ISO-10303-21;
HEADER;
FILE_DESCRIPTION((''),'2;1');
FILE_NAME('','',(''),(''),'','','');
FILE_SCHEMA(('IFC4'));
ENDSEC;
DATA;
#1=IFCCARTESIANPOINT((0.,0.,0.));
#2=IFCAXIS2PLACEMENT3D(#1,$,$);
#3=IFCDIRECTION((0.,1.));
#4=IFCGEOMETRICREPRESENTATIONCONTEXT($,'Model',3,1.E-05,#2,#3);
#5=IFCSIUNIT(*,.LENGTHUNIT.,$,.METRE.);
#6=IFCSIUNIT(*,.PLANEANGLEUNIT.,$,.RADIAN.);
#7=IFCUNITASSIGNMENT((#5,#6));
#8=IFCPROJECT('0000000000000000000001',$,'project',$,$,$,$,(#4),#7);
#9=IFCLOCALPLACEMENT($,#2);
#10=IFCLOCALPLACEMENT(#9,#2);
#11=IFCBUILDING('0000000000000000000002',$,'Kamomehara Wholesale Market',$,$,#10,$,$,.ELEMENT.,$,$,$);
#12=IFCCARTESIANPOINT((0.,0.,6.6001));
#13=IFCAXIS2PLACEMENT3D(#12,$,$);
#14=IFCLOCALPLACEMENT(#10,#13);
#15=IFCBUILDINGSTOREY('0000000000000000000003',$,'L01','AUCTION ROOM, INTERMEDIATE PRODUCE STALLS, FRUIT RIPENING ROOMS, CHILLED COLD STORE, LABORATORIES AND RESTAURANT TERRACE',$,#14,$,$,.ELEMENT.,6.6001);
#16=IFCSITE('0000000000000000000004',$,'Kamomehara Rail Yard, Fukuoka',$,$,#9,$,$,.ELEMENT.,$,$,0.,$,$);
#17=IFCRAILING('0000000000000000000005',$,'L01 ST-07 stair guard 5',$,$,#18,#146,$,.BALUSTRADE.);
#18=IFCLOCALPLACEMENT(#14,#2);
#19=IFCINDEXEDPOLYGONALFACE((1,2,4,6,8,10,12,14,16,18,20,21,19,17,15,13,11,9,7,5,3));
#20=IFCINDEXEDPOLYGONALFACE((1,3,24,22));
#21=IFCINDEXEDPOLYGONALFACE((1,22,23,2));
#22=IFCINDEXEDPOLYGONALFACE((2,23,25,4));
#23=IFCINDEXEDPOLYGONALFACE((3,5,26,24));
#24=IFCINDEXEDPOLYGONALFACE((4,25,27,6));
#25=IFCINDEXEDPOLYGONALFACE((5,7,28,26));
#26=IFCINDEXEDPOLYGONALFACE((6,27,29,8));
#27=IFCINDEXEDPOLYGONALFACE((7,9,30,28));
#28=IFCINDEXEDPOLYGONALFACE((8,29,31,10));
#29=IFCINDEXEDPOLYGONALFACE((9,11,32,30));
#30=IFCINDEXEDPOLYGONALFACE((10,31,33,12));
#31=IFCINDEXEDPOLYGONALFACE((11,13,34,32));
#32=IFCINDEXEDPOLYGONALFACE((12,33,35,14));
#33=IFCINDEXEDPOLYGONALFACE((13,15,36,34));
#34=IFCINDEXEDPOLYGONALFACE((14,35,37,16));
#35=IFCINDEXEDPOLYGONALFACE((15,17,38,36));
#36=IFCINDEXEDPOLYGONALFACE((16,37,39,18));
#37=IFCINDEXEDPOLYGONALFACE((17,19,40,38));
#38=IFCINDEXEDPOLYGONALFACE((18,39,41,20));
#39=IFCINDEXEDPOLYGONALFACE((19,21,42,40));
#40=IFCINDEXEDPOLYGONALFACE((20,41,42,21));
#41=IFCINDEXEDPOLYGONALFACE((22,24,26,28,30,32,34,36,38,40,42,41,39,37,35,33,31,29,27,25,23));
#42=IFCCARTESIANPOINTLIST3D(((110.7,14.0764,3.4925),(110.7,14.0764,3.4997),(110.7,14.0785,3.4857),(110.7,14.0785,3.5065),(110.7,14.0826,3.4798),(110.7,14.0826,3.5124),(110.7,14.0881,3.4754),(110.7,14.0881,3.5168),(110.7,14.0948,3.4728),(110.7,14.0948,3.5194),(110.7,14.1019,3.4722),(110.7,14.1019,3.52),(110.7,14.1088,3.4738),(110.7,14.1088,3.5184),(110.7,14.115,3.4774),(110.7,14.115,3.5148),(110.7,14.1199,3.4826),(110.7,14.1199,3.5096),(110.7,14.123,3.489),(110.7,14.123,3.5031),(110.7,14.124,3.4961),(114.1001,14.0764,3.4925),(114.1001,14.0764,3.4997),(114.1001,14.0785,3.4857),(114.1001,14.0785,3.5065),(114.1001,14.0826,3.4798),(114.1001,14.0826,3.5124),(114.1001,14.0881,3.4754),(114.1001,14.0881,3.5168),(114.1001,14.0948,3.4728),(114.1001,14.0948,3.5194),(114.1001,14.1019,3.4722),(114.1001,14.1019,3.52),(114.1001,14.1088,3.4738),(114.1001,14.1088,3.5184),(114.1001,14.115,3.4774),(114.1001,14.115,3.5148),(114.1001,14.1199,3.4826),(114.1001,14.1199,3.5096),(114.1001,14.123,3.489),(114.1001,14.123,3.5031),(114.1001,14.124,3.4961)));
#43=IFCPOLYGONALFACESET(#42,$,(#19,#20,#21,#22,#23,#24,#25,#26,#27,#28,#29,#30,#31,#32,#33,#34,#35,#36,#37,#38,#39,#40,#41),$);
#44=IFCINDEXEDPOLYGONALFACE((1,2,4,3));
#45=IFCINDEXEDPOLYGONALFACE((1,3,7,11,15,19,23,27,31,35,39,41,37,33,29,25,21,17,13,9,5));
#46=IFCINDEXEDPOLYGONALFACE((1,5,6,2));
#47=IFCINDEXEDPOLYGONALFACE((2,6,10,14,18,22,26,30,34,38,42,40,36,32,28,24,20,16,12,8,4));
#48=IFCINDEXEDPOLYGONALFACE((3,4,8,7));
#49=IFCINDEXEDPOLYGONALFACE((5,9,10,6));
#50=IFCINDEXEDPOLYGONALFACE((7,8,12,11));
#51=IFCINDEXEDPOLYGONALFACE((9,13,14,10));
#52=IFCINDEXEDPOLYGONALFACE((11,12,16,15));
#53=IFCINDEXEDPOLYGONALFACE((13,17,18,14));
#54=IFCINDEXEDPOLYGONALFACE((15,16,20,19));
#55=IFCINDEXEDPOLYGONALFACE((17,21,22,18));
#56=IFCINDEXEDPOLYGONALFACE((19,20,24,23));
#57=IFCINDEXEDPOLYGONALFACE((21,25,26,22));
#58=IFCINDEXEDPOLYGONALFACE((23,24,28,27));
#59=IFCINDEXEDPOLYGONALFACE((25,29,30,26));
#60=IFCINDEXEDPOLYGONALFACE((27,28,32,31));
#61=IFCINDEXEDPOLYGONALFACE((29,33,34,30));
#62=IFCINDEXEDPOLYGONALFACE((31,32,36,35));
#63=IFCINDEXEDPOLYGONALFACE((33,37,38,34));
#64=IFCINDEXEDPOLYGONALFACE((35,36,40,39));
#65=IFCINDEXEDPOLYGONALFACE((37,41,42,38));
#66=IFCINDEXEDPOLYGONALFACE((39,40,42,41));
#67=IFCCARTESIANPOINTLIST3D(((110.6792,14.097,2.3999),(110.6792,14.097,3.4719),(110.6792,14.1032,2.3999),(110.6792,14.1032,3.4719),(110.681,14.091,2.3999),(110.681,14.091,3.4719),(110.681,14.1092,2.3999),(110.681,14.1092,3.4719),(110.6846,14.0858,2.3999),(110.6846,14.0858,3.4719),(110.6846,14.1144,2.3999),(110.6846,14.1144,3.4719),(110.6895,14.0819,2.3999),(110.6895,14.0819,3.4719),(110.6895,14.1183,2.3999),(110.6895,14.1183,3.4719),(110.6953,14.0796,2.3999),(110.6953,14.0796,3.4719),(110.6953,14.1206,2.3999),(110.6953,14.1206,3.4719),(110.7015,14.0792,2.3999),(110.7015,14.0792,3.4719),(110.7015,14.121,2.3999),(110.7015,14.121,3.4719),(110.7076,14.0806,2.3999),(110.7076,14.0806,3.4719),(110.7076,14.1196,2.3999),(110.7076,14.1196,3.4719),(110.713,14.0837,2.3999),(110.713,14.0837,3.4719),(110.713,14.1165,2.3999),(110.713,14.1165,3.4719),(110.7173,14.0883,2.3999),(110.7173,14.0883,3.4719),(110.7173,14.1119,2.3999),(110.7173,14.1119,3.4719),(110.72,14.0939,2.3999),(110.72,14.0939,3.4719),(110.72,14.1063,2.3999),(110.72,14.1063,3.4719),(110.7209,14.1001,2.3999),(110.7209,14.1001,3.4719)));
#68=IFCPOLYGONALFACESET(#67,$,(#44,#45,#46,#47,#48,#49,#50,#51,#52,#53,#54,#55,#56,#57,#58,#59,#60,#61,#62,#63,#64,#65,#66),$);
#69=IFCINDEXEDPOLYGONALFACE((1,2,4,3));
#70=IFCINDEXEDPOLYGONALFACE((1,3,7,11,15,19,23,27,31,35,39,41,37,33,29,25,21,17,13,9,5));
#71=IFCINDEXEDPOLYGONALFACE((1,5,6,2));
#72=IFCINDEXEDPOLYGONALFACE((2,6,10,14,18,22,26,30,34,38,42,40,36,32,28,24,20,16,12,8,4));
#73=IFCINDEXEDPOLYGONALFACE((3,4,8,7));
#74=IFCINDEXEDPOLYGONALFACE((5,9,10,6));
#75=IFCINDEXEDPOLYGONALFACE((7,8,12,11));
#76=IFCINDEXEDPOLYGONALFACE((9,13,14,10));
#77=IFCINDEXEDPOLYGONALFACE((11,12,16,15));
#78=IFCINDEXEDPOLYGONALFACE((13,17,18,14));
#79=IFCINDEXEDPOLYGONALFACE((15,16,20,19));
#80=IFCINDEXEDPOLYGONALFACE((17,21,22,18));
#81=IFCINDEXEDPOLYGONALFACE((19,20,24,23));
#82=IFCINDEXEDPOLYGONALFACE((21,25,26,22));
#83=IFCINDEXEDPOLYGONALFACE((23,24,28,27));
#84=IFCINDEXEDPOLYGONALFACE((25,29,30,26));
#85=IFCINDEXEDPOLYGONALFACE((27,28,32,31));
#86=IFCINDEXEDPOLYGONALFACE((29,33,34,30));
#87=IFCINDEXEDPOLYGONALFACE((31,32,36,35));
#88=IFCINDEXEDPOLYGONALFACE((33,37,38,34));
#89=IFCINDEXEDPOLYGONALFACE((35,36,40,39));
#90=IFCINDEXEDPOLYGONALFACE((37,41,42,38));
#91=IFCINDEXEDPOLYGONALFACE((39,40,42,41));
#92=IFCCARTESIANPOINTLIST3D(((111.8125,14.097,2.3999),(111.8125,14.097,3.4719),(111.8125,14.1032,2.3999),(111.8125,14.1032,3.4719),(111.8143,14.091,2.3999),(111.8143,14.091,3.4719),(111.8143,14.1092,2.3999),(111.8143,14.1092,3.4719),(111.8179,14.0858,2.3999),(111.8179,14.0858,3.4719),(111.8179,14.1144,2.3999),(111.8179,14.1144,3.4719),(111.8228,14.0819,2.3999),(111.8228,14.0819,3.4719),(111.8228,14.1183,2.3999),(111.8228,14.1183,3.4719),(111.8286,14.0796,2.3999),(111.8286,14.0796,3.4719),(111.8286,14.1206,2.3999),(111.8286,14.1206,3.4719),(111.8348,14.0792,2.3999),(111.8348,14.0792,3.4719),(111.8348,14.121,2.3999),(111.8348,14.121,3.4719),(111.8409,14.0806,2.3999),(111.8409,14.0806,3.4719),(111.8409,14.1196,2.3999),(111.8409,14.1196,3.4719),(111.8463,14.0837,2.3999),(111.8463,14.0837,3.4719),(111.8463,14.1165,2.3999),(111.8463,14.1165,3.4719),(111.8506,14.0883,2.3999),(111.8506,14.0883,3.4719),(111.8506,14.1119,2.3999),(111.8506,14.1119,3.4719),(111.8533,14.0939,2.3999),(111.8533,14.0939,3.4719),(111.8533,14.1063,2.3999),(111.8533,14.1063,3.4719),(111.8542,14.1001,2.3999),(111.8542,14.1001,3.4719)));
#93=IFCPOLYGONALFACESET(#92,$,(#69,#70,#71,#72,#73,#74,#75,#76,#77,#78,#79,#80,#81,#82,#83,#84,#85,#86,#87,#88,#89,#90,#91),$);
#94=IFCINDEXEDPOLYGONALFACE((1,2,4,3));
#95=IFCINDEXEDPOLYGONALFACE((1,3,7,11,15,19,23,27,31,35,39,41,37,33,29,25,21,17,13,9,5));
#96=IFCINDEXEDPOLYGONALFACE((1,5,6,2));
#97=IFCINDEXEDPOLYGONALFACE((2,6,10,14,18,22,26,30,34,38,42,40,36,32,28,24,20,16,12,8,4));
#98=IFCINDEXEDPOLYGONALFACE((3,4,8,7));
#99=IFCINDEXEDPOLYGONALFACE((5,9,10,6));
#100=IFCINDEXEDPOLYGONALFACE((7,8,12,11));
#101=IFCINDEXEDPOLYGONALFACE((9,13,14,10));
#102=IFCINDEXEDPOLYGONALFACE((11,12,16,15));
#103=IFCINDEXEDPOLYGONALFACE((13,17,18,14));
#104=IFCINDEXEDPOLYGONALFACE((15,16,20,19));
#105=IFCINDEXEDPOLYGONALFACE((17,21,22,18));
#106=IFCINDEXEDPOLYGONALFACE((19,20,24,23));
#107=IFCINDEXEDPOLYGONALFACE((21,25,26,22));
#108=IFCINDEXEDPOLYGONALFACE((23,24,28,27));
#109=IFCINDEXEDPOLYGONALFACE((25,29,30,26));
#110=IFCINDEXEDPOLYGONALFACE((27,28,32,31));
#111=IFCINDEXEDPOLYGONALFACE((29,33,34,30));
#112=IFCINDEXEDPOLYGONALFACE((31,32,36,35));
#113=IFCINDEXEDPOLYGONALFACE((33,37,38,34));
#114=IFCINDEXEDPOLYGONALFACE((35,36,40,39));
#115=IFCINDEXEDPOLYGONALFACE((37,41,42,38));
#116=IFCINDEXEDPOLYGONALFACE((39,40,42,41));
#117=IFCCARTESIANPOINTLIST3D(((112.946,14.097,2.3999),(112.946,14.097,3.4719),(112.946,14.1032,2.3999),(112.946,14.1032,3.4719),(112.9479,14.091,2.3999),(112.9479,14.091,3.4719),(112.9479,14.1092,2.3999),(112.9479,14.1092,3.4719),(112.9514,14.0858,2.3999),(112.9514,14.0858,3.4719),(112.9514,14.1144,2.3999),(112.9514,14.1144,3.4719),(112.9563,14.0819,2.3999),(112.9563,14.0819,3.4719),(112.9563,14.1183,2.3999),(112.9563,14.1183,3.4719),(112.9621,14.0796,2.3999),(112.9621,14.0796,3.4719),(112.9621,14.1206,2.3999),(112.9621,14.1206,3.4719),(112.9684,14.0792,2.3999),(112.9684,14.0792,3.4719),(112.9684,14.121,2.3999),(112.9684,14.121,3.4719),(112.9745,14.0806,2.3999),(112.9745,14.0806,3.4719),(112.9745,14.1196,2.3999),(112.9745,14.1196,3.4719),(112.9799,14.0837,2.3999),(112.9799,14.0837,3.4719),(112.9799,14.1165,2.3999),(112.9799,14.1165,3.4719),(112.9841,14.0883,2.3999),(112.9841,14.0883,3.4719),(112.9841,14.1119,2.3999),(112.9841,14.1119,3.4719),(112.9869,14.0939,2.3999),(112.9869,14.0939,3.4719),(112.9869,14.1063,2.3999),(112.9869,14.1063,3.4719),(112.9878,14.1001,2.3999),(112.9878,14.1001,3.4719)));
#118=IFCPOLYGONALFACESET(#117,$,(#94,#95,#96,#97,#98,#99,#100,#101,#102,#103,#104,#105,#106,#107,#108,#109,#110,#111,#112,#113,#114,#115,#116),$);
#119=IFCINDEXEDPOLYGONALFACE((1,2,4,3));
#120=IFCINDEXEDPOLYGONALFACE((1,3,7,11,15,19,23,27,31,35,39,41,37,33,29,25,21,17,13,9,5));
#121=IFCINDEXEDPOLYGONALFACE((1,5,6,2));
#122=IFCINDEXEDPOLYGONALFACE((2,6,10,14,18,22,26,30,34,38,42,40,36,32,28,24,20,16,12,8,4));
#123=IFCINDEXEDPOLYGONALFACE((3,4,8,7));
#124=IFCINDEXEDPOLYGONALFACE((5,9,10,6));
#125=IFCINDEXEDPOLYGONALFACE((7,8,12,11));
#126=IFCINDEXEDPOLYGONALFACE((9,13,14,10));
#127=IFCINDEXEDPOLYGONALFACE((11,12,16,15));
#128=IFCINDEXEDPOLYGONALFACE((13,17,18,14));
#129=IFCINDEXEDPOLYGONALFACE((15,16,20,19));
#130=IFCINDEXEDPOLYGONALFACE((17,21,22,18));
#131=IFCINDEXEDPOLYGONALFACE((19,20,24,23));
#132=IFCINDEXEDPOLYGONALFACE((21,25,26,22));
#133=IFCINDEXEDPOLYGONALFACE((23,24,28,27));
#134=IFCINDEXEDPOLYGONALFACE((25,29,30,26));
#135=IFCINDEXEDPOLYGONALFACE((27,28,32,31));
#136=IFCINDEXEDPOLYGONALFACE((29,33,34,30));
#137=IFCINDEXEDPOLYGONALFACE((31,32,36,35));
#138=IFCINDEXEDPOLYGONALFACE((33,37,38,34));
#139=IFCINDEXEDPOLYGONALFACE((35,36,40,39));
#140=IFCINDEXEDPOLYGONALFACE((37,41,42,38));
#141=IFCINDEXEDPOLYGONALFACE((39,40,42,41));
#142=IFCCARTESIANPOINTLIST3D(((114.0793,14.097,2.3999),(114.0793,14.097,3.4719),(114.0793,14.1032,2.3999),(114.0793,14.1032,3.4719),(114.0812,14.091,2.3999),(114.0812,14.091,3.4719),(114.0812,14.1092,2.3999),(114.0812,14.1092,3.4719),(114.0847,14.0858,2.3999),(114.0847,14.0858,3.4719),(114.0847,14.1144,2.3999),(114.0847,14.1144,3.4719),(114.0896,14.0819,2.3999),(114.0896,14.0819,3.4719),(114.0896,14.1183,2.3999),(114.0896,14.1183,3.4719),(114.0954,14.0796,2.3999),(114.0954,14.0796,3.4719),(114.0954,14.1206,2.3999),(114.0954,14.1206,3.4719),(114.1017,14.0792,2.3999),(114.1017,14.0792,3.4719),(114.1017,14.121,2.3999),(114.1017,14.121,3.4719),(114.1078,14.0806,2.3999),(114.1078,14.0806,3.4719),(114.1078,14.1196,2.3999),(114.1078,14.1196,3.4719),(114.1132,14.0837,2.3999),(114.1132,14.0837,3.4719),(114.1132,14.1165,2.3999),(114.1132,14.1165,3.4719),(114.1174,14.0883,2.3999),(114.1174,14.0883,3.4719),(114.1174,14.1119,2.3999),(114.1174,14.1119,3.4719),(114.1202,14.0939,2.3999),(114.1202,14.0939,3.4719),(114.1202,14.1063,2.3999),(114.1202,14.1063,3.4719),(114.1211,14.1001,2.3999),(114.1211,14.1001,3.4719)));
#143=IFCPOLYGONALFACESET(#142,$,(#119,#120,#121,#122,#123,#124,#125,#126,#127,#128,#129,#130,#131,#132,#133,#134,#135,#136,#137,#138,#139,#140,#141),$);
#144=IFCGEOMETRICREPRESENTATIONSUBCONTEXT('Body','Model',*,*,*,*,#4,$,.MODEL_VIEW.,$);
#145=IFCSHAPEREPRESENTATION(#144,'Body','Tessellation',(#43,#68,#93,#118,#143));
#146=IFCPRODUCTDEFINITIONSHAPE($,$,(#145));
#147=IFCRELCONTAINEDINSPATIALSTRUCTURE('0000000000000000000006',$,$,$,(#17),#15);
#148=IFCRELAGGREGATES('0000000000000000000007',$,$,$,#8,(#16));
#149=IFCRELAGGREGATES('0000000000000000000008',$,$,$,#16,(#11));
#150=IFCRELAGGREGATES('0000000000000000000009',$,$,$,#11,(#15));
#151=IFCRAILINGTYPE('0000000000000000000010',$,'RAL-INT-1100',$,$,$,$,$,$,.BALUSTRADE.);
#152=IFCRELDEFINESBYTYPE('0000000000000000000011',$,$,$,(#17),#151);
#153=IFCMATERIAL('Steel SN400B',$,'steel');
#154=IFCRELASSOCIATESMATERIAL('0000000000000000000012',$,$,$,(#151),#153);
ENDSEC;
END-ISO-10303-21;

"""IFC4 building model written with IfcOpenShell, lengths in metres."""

from ifc_helpers import new_model, si_unit, direction, frame, origin, origin_2d, place, context, subcontext, project, spatial, circle, extrude, material, type_object, element, save


model = new_model("IFC4")

# Units and contexts
model_context = context("Model", 3, precision=1e-05, world=origin(), true_north=direction((0.0, 1.0)))
body_context = subcontext(model_context, "Body", "Model", "MODEL_VIEW")
ifc_project = project(units=[si_unit("LENGTHUNIT", "METRE"), si_unit("PLANEANGLEUNIT", "RADIAN")], contexts=[model_context])

# Site, building, storey
site_placement = place(None, origin())
site = spatial("IfcSite", under=ifc_project, at=site_placement, Name="Kamomehara Rail Yard, Fukuoka", CompositionType="ELEMENT", RefElevation=0.0)
building_placement = place(site_placement, origin())
building = spatial("IfcBuilding", under=site, at=building_placement, Name="Kamomehara Wholesale Market", CompositionType="ELEMENT")
storey_placement = place(building_placement, frame((0.0, 0.0, 6.6001)))
storey = spatial("IfcBuildingStorey", under=building, at=storey_placement, Name="L01", Description="AUCTION ROOM, INTERMEDIATE PRODUCE STALLS, FRUIT RIPENING ROOMS, CHILLED COLD STORE, LABORATORIES AND RESTAURANT TERRACE", CompositionType="ELEMENT", Elevation=6.6001)

# Railing
ifc_material_1 = material(Name="Steel SN400B", Category="steel")
railing_type_1 = type_object("IfcRailingType", Name="RAL-INT-1100", PredefinedType="BALUSTRADE", material=ifc_material_1)
railing_1_placement = place(storey_placement, frame((110.7, 14.1001, 2.3999)))
element("IfcRailing", 1, at=railing_1_placement, inside=storey, type_object=railing_type_1, Name="L01 ST-07 stair guard 5", PredefinedType="BALUSTRADE", context=body_context, shape_type="SweptSolid", body=[
    extrude(circle(Radius=0.0239, at=origin_2d()), frame((0.0, 0.0, 1.0962), z_axis=(1.0, 0.0, 0.0), x_axis=(0.0, 1.0, 0.0)), (0.0, 0.0, 1.0), 3.4001),
    extrude(circle(Radius=0.021, at=origin_2d()), origin(), (0.0, 0.0, 1.0), 1.072),
    extrude(circle(Radius=0.021, at=origin_2d()), frame((1.1333, 0.0, 0.0)), (0.0, 0.0, 1.0), 1.072),
    extrude(circle(Radius=0.021, at=origin_2d()), frame((2.2668, 0.0, 0.0)), (0.0, 0.0, 1.0), 1.072),
    extrude(circle(Radius=0.021, at=origin_2d()), frame((3.4001, 0.0, 0.0)), (0.0, 0.0, 1.0), 1.072),
])

save(model, "model.ifc")
